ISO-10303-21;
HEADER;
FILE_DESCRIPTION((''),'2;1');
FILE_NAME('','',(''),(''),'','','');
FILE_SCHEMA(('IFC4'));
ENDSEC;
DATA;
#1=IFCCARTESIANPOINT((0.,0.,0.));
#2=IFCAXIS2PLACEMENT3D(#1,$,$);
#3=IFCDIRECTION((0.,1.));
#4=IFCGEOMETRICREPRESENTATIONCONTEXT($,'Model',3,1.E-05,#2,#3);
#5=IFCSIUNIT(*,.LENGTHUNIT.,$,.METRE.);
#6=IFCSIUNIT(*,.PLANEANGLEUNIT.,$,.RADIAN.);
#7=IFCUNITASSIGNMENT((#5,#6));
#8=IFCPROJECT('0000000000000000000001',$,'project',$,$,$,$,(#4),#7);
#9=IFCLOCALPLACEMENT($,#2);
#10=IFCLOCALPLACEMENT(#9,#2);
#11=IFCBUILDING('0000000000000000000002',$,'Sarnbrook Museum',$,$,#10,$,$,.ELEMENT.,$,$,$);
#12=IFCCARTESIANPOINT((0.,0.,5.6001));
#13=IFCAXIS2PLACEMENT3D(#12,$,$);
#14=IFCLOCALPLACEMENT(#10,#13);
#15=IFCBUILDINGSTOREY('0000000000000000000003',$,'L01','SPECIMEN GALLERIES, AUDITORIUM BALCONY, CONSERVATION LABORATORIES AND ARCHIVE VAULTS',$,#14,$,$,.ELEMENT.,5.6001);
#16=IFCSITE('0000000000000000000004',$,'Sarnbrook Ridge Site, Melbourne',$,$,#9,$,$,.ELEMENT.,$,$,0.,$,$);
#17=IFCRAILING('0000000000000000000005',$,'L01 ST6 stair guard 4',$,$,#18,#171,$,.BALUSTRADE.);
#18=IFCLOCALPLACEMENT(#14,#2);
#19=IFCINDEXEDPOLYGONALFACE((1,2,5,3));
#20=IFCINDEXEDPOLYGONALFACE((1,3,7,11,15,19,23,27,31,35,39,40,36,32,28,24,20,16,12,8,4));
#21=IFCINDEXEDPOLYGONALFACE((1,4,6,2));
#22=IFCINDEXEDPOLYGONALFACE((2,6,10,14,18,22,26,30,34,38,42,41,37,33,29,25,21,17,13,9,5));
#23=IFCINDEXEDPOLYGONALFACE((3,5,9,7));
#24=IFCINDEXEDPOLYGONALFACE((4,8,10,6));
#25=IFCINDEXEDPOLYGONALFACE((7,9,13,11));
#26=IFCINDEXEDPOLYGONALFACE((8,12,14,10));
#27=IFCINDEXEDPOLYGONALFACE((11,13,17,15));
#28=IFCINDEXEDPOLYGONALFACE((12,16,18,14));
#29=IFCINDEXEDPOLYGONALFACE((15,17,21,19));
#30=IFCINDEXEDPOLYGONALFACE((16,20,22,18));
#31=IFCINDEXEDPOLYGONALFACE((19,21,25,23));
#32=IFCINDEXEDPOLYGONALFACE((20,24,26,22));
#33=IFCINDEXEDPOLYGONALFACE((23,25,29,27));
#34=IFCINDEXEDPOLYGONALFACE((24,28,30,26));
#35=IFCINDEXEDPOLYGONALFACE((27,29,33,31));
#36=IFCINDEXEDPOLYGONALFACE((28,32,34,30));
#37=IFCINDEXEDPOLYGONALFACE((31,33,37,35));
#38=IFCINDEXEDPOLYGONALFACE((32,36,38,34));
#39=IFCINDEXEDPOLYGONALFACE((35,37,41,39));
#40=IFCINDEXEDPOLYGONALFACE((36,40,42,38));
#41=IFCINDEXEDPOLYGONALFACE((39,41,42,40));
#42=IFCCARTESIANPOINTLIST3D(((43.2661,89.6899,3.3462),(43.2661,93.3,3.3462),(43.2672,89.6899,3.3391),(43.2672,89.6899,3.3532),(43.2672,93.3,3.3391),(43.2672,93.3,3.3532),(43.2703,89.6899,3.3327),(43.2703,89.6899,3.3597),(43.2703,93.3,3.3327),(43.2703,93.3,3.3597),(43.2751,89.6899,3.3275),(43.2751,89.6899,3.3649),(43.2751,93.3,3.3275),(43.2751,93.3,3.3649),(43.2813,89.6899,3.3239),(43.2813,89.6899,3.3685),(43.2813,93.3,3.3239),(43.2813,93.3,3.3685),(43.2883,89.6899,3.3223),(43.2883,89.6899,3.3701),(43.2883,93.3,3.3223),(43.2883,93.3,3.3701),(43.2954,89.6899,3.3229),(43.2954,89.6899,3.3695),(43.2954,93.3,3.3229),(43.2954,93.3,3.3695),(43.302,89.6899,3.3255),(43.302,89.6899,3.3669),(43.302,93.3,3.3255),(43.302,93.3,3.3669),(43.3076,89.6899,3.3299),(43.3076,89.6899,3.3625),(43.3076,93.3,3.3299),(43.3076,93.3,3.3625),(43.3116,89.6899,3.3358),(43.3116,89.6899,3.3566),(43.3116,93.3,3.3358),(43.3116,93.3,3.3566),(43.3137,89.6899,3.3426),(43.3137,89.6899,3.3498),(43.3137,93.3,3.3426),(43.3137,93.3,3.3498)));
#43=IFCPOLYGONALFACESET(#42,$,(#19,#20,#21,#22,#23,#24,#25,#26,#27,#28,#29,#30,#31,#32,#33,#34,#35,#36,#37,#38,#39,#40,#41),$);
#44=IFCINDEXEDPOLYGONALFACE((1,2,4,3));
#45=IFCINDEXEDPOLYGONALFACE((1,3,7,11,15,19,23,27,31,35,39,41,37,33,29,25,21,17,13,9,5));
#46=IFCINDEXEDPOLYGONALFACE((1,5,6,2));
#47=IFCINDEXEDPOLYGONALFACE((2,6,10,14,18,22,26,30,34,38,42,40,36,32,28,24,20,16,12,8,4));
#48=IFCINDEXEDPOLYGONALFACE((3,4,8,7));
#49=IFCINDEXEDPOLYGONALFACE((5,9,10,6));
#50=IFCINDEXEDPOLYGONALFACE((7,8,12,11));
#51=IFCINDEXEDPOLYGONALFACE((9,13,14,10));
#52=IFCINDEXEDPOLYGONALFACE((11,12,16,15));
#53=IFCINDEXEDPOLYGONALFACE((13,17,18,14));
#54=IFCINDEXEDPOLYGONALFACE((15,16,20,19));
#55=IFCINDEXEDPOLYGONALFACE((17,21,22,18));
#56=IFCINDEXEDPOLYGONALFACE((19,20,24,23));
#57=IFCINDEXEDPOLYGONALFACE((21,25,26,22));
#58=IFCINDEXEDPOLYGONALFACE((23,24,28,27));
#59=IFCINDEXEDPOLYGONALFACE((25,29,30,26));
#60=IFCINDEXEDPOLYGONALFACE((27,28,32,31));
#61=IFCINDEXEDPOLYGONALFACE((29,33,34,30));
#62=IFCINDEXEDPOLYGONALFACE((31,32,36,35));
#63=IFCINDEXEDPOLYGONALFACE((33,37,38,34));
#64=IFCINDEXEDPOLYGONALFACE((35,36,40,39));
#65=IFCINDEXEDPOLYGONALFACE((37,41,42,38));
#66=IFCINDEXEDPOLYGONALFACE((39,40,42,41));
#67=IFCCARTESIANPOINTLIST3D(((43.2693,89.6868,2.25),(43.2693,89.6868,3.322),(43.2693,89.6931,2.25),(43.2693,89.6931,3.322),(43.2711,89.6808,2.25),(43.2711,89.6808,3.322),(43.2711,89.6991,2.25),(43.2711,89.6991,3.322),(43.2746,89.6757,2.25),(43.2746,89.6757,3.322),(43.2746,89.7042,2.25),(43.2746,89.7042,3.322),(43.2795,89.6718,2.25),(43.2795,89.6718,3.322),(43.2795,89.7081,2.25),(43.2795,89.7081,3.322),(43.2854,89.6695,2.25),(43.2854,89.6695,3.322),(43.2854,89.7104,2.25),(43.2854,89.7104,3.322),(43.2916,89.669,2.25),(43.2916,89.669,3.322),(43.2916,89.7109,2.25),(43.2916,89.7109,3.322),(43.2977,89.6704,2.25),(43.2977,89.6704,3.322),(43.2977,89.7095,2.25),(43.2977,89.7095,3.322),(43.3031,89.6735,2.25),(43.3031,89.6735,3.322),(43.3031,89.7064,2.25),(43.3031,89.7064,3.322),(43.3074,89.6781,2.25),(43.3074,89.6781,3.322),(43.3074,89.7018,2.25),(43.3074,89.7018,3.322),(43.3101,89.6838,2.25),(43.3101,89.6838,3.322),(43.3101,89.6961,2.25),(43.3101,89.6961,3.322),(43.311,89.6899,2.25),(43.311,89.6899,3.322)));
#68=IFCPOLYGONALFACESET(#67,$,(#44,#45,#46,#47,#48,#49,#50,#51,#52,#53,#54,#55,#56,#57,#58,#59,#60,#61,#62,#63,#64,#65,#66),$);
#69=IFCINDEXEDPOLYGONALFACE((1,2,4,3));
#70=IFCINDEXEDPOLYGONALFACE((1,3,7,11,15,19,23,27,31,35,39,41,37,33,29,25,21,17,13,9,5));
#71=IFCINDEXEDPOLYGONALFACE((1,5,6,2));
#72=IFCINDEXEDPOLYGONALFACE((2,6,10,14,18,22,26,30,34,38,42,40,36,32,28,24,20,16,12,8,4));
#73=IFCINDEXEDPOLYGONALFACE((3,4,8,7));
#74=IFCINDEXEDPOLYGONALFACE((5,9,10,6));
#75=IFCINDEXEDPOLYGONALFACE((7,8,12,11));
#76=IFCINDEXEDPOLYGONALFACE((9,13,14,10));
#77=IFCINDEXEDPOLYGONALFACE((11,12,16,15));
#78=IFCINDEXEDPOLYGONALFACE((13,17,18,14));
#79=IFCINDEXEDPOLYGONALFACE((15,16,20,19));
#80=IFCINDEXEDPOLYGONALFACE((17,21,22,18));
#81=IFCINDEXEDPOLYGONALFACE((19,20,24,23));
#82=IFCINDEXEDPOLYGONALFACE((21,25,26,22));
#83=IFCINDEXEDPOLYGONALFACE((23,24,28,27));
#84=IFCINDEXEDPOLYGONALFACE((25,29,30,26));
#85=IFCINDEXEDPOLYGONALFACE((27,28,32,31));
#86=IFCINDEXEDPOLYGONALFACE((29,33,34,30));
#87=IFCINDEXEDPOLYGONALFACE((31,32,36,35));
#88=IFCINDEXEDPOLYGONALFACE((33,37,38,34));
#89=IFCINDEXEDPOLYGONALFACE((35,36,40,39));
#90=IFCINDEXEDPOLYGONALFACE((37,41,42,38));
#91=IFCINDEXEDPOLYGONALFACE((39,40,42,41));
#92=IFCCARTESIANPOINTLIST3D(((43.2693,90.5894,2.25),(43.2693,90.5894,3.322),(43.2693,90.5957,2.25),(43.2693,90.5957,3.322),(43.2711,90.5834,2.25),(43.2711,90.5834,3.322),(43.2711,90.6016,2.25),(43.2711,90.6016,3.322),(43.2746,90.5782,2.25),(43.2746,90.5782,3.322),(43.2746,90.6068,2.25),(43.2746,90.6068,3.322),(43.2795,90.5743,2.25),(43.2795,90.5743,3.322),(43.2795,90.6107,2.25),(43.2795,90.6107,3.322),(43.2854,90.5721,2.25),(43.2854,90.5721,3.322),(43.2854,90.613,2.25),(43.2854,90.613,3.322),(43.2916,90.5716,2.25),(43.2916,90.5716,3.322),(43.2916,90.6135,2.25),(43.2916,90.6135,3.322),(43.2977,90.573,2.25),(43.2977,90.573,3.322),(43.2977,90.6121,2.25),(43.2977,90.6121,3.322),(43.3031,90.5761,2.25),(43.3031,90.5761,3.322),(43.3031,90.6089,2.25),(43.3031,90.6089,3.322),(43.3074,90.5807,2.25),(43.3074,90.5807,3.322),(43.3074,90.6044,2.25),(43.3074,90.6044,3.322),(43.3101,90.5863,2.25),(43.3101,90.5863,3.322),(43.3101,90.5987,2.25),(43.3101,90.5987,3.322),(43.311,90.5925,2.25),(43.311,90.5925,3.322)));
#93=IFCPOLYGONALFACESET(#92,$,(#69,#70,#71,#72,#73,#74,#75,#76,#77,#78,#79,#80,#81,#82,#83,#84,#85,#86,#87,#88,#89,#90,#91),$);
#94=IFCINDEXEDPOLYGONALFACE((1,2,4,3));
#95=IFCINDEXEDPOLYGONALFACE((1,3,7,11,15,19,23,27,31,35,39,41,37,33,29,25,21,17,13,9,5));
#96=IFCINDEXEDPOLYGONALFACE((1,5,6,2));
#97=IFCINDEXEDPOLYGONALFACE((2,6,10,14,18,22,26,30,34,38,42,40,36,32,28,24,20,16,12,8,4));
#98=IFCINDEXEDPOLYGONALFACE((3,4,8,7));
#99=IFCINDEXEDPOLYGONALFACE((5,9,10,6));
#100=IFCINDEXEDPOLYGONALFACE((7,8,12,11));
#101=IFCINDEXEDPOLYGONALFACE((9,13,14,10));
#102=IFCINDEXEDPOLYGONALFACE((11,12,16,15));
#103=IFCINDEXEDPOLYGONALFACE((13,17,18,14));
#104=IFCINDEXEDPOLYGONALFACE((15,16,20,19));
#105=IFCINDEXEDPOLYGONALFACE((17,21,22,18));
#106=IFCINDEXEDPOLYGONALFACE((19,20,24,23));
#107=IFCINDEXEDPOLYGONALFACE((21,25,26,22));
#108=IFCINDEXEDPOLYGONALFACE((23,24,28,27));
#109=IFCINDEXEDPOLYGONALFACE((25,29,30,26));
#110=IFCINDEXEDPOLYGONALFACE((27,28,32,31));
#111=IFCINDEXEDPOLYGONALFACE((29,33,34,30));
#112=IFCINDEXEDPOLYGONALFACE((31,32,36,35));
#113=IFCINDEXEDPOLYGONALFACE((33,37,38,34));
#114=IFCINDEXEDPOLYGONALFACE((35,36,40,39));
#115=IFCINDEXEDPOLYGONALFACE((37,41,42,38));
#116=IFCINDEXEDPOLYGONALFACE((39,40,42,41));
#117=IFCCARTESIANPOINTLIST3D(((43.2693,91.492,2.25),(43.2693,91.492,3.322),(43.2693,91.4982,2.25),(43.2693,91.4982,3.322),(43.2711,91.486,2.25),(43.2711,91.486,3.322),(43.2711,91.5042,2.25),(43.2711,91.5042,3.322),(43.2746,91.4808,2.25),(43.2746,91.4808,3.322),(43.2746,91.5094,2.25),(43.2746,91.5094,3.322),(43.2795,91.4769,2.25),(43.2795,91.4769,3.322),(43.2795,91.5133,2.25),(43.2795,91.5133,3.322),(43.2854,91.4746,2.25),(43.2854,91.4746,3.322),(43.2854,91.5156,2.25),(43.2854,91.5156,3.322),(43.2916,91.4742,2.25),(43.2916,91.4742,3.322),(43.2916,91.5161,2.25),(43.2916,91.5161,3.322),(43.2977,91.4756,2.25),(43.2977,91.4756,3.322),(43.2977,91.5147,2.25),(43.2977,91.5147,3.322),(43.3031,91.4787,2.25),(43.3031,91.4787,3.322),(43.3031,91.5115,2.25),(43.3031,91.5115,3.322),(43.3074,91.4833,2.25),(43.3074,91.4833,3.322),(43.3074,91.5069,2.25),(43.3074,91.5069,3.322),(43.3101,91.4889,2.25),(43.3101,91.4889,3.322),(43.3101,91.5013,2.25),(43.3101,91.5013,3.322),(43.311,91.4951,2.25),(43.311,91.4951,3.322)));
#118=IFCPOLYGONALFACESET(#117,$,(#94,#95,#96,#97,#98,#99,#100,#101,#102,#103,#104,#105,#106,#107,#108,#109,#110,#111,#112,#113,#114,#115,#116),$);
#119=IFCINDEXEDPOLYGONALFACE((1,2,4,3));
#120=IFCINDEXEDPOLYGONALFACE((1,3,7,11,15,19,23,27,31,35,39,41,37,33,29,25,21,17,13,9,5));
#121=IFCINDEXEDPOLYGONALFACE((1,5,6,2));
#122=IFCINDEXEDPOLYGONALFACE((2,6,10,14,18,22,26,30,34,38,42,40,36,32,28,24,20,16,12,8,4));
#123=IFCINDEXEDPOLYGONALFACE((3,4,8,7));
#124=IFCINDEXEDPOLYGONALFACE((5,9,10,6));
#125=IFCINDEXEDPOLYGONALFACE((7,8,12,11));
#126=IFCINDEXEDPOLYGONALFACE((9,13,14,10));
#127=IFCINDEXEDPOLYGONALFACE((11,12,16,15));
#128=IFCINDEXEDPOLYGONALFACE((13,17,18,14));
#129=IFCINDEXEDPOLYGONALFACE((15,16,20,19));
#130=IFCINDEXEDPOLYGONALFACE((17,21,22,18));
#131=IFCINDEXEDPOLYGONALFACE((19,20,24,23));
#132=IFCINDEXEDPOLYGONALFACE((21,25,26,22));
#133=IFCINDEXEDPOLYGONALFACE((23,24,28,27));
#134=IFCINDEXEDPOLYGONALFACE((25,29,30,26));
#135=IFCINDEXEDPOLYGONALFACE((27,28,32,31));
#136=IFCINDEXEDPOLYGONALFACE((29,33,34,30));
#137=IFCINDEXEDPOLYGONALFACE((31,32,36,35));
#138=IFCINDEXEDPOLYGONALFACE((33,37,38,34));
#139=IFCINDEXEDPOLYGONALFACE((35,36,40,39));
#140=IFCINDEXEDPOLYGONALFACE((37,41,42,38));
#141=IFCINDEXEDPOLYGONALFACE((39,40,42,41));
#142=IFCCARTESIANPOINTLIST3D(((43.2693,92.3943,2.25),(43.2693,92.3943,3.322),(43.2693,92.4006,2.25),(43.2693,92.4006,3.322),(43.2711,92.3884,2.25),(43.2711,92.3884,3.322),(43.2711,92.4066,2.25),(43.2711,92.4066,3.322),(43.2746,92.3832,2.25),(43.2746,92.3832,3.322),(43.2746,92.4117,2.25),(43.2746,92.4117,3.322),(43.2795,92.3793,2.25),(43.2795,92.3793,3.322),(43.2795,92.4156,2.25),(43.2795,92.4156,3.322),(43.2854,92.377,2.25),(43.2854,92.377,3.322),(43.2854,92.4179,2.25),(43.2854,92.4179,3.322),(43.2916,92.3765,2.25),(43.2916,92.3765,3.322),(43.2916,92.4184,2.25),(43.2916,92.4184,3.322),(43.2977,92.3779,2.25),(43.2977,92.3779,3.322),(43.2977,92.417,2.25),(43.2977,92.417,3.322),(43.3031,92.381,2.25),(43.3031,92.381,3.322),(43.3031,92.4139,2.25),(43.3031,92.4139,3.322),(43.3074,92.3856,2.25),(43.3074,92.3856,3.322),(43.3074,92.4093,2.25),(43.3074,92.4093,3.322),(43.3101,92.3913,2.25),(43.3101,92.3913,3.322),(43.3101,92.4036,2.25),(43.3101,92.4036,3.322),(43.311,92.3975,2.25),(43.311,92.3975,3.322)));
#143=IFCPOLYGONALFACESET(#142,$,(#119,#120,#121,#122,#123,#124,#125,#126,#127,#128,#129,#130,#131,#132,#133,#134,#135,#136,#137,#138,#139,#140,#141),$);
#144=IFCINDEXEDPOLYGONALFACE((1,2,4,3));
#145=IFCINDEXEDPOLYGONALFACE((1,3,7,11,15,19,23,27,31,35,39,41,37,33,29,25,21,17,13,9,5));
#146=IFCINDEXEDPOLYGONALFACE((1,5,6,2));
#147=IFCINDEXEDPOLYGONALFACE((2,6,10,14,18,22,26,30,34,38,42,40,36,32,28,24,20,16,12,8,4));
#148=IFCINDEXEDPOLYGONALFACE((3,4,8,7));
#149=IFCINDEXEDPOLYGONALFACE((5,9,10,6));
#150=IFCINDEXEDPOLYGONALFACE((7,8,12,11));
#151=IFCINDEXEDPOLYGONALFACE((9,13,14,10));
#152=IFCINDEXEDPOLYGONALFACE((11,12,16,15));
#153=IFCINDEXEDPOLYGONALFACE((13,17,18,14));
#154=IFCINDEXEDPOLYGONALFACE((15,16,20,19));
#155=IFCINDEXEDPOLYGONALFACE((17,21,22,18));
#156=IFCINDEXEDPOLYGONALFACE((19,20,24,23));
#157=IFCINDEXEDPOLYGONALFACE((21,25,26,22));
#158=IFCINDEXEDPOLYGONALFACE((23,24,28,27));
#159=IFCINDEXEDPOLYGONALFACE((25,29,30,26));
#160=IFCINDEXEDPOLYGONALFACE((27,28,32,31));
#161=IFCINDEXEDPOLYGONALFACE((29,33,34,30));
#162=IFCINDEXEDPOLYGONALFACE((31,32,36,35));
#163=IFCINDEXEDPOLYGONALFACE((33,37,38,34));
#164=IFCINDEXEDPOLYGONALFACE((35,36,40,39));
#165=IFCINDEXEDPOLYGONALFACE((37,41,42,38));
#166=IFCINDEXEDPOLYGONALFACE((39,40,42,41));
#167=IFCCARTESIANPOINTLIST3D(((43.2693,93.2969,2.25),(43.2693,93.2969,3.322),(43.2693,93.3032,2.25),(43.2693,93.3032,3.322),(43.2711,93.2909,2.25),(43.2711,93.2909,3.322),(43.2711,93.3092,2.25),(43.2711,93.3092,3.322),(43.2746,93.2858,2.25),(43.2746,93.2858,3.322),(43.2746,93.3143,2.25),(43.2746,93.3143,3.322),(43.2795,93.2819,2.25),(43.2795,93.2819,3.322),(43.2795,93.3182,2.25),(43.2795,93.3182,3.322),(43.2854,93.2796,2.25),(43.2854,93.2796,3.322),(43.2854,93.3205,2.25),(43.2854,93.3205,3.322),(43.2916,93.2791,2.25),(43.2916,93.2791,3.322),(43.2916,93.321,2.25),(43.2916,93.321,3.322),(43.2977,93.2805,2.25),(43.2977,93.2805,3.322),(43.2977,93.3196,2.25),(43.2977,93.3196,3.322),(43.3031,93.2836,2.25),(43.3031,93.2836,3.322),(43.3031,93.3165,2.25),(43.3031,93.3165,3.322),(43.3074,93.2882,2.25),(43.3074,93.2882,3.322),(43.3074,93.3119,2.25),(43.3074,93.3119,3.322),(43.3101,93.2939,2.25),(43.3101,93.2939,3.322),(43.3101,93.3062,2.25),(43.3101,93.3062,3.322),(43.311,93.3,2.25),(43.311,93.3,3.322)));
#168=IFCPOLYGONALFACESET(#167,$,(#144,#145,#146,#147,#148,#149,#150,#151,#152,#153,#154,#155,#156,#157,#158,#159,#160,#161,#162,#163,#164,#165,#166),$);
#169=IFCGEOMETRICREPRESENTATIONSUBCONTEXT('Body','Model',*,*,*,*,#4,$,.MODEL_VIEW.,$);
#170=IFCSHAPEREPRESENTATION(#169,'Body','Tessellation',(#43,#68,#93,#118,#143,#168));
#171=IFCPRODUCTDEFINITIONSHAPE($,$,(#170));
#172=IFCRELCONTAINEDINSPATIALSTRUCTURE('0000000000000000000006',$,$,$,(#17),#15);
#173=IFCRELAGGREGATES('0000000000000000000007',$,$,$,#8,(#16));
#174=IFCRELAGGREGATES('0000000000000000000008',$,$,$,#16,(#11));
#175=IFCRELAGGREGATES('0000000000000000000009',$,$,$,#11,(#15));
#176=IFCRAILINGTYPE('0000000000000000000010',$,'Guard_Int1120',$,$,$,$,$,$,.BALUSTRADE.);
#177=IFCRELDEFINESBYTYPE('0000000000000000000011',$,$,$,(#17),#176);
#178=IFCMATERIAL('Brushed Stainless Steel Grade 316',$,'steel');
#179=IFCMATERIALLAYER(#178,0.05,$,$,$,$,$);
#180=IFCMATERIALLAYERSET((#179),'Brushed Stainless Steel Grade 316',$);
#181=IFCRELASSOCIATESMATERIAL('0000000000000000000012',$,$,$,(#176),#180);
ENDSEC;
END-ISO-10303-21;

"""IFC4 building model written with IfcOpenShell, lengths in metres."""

from ifc_helpers import new_model, si_unit, direction, frame, origin, origin_2d, place, context, subcontext, project, spatial, circle, extrude, material, layer, layer_set, type_object, element, save


model = new_model("IFC4")

# Units and contexts
model_context = context("Model", 3, precision=1e-05, world=origin(), true_north=direction((0.0, 1.0)))
body_context = subcontext(model_context, "Body", "Model", "MODEL_VIEW")
ifc_project = project(units=[si_unit("LENGTHUNIT", "METRE"), si_unit("PLANEANGLEUNIT", "RADIAN")], contexts=[model_context])

# Site, building, storey
site_placement = place(None, origin())
site = spatial("IfcSite", under=ifc_project, at=site_placement, Name="Sarnbrook Ridge Site, Melbourne", CompositionType="ELEMENT", RefElevation=0.0)
building_placement = place(site_placement, origin())
building = spatial("IfcBuilding", under=site, at=building_placement, Name="Sarnbrook Museum", CompositionType="ELEMENT")
storey_placement = place(building_placement, frame((0.0, 0.0, 5.6001)))
storey = spatial("IfcBuildingStorey", under=building, at=storey_placement, Name="L01", Description="SPECIMEN GALLERIES, AUDITORIUM BALCONY, CONSERVATION LABORATORIES AND ARCHIVE VAULTS", CompositionType="ELEMENT", Elevation=5.6001)

# Railing
ifc_material_1 = material(Name="Brushed Stainless Steel Grade 316", Category="steel")
ifc_layer_1 = layer(ifc_material_1, 0.05)
ifc_layer_set_1 = layer_set([ifc_layer_1], Name="Brushed Stainless Steel Grade 316")
railing_type_1 = type_object("IfcRailingType", Name="Guard_Int1120", PredefinedType="BALUSTRADE", material=ifc_layer_set_1)
for number, where, name in (
    (1, (43.29, 89.6899, 2.25), "L01 ST6 stair guard 4"),
):
    element("IfcRailing", number, at=place(storey_placement, frame(where)), inside=storey, type_object=railing_type_1, Name=name, PredefinedType="BALUSTRADE", context=body_context, shape_type="SweptSolid", body=[
        extrude(circle(Radius=0.0239, at=origin_2d()), frame((0.0, 0.0, 1.0962), z_axis=(0.0, 1.0, 0.0), x_axis=(-1.0, 0.0, 0.0)), (0.0, 0.0, 1.0), 3.6101),
        extrude(circle(Radius=0.021, at=origin_2d()), origin(), (0.0, 0.0, 1.0), 1.072),
        extrude(circle(Radius=0.021, at=origin_2d()), frame((0.0, 0.9026, 0.0)), (0.0, 0.0, 1.0), 1.072),
        extrude(circle(Radius=0.021, at=origin_2d()), frame((0.0, 1.8052, 0.0)), (0.0, 0.0, 1.0), 1.072),
        extrude(circle(Radius=0.021, at=origin_2d()), frame((0.0, 2.7075, 0.0)), (0.0, 0.0, 1.0), 1.072),
        extrude(circle(Radius=0.021, at=origin_2d()), frame((0.0, 3.6101, 0.0)), (0.0, 0.0, 1.0), 1.072),
    ])

save(model, "model.ifc")
